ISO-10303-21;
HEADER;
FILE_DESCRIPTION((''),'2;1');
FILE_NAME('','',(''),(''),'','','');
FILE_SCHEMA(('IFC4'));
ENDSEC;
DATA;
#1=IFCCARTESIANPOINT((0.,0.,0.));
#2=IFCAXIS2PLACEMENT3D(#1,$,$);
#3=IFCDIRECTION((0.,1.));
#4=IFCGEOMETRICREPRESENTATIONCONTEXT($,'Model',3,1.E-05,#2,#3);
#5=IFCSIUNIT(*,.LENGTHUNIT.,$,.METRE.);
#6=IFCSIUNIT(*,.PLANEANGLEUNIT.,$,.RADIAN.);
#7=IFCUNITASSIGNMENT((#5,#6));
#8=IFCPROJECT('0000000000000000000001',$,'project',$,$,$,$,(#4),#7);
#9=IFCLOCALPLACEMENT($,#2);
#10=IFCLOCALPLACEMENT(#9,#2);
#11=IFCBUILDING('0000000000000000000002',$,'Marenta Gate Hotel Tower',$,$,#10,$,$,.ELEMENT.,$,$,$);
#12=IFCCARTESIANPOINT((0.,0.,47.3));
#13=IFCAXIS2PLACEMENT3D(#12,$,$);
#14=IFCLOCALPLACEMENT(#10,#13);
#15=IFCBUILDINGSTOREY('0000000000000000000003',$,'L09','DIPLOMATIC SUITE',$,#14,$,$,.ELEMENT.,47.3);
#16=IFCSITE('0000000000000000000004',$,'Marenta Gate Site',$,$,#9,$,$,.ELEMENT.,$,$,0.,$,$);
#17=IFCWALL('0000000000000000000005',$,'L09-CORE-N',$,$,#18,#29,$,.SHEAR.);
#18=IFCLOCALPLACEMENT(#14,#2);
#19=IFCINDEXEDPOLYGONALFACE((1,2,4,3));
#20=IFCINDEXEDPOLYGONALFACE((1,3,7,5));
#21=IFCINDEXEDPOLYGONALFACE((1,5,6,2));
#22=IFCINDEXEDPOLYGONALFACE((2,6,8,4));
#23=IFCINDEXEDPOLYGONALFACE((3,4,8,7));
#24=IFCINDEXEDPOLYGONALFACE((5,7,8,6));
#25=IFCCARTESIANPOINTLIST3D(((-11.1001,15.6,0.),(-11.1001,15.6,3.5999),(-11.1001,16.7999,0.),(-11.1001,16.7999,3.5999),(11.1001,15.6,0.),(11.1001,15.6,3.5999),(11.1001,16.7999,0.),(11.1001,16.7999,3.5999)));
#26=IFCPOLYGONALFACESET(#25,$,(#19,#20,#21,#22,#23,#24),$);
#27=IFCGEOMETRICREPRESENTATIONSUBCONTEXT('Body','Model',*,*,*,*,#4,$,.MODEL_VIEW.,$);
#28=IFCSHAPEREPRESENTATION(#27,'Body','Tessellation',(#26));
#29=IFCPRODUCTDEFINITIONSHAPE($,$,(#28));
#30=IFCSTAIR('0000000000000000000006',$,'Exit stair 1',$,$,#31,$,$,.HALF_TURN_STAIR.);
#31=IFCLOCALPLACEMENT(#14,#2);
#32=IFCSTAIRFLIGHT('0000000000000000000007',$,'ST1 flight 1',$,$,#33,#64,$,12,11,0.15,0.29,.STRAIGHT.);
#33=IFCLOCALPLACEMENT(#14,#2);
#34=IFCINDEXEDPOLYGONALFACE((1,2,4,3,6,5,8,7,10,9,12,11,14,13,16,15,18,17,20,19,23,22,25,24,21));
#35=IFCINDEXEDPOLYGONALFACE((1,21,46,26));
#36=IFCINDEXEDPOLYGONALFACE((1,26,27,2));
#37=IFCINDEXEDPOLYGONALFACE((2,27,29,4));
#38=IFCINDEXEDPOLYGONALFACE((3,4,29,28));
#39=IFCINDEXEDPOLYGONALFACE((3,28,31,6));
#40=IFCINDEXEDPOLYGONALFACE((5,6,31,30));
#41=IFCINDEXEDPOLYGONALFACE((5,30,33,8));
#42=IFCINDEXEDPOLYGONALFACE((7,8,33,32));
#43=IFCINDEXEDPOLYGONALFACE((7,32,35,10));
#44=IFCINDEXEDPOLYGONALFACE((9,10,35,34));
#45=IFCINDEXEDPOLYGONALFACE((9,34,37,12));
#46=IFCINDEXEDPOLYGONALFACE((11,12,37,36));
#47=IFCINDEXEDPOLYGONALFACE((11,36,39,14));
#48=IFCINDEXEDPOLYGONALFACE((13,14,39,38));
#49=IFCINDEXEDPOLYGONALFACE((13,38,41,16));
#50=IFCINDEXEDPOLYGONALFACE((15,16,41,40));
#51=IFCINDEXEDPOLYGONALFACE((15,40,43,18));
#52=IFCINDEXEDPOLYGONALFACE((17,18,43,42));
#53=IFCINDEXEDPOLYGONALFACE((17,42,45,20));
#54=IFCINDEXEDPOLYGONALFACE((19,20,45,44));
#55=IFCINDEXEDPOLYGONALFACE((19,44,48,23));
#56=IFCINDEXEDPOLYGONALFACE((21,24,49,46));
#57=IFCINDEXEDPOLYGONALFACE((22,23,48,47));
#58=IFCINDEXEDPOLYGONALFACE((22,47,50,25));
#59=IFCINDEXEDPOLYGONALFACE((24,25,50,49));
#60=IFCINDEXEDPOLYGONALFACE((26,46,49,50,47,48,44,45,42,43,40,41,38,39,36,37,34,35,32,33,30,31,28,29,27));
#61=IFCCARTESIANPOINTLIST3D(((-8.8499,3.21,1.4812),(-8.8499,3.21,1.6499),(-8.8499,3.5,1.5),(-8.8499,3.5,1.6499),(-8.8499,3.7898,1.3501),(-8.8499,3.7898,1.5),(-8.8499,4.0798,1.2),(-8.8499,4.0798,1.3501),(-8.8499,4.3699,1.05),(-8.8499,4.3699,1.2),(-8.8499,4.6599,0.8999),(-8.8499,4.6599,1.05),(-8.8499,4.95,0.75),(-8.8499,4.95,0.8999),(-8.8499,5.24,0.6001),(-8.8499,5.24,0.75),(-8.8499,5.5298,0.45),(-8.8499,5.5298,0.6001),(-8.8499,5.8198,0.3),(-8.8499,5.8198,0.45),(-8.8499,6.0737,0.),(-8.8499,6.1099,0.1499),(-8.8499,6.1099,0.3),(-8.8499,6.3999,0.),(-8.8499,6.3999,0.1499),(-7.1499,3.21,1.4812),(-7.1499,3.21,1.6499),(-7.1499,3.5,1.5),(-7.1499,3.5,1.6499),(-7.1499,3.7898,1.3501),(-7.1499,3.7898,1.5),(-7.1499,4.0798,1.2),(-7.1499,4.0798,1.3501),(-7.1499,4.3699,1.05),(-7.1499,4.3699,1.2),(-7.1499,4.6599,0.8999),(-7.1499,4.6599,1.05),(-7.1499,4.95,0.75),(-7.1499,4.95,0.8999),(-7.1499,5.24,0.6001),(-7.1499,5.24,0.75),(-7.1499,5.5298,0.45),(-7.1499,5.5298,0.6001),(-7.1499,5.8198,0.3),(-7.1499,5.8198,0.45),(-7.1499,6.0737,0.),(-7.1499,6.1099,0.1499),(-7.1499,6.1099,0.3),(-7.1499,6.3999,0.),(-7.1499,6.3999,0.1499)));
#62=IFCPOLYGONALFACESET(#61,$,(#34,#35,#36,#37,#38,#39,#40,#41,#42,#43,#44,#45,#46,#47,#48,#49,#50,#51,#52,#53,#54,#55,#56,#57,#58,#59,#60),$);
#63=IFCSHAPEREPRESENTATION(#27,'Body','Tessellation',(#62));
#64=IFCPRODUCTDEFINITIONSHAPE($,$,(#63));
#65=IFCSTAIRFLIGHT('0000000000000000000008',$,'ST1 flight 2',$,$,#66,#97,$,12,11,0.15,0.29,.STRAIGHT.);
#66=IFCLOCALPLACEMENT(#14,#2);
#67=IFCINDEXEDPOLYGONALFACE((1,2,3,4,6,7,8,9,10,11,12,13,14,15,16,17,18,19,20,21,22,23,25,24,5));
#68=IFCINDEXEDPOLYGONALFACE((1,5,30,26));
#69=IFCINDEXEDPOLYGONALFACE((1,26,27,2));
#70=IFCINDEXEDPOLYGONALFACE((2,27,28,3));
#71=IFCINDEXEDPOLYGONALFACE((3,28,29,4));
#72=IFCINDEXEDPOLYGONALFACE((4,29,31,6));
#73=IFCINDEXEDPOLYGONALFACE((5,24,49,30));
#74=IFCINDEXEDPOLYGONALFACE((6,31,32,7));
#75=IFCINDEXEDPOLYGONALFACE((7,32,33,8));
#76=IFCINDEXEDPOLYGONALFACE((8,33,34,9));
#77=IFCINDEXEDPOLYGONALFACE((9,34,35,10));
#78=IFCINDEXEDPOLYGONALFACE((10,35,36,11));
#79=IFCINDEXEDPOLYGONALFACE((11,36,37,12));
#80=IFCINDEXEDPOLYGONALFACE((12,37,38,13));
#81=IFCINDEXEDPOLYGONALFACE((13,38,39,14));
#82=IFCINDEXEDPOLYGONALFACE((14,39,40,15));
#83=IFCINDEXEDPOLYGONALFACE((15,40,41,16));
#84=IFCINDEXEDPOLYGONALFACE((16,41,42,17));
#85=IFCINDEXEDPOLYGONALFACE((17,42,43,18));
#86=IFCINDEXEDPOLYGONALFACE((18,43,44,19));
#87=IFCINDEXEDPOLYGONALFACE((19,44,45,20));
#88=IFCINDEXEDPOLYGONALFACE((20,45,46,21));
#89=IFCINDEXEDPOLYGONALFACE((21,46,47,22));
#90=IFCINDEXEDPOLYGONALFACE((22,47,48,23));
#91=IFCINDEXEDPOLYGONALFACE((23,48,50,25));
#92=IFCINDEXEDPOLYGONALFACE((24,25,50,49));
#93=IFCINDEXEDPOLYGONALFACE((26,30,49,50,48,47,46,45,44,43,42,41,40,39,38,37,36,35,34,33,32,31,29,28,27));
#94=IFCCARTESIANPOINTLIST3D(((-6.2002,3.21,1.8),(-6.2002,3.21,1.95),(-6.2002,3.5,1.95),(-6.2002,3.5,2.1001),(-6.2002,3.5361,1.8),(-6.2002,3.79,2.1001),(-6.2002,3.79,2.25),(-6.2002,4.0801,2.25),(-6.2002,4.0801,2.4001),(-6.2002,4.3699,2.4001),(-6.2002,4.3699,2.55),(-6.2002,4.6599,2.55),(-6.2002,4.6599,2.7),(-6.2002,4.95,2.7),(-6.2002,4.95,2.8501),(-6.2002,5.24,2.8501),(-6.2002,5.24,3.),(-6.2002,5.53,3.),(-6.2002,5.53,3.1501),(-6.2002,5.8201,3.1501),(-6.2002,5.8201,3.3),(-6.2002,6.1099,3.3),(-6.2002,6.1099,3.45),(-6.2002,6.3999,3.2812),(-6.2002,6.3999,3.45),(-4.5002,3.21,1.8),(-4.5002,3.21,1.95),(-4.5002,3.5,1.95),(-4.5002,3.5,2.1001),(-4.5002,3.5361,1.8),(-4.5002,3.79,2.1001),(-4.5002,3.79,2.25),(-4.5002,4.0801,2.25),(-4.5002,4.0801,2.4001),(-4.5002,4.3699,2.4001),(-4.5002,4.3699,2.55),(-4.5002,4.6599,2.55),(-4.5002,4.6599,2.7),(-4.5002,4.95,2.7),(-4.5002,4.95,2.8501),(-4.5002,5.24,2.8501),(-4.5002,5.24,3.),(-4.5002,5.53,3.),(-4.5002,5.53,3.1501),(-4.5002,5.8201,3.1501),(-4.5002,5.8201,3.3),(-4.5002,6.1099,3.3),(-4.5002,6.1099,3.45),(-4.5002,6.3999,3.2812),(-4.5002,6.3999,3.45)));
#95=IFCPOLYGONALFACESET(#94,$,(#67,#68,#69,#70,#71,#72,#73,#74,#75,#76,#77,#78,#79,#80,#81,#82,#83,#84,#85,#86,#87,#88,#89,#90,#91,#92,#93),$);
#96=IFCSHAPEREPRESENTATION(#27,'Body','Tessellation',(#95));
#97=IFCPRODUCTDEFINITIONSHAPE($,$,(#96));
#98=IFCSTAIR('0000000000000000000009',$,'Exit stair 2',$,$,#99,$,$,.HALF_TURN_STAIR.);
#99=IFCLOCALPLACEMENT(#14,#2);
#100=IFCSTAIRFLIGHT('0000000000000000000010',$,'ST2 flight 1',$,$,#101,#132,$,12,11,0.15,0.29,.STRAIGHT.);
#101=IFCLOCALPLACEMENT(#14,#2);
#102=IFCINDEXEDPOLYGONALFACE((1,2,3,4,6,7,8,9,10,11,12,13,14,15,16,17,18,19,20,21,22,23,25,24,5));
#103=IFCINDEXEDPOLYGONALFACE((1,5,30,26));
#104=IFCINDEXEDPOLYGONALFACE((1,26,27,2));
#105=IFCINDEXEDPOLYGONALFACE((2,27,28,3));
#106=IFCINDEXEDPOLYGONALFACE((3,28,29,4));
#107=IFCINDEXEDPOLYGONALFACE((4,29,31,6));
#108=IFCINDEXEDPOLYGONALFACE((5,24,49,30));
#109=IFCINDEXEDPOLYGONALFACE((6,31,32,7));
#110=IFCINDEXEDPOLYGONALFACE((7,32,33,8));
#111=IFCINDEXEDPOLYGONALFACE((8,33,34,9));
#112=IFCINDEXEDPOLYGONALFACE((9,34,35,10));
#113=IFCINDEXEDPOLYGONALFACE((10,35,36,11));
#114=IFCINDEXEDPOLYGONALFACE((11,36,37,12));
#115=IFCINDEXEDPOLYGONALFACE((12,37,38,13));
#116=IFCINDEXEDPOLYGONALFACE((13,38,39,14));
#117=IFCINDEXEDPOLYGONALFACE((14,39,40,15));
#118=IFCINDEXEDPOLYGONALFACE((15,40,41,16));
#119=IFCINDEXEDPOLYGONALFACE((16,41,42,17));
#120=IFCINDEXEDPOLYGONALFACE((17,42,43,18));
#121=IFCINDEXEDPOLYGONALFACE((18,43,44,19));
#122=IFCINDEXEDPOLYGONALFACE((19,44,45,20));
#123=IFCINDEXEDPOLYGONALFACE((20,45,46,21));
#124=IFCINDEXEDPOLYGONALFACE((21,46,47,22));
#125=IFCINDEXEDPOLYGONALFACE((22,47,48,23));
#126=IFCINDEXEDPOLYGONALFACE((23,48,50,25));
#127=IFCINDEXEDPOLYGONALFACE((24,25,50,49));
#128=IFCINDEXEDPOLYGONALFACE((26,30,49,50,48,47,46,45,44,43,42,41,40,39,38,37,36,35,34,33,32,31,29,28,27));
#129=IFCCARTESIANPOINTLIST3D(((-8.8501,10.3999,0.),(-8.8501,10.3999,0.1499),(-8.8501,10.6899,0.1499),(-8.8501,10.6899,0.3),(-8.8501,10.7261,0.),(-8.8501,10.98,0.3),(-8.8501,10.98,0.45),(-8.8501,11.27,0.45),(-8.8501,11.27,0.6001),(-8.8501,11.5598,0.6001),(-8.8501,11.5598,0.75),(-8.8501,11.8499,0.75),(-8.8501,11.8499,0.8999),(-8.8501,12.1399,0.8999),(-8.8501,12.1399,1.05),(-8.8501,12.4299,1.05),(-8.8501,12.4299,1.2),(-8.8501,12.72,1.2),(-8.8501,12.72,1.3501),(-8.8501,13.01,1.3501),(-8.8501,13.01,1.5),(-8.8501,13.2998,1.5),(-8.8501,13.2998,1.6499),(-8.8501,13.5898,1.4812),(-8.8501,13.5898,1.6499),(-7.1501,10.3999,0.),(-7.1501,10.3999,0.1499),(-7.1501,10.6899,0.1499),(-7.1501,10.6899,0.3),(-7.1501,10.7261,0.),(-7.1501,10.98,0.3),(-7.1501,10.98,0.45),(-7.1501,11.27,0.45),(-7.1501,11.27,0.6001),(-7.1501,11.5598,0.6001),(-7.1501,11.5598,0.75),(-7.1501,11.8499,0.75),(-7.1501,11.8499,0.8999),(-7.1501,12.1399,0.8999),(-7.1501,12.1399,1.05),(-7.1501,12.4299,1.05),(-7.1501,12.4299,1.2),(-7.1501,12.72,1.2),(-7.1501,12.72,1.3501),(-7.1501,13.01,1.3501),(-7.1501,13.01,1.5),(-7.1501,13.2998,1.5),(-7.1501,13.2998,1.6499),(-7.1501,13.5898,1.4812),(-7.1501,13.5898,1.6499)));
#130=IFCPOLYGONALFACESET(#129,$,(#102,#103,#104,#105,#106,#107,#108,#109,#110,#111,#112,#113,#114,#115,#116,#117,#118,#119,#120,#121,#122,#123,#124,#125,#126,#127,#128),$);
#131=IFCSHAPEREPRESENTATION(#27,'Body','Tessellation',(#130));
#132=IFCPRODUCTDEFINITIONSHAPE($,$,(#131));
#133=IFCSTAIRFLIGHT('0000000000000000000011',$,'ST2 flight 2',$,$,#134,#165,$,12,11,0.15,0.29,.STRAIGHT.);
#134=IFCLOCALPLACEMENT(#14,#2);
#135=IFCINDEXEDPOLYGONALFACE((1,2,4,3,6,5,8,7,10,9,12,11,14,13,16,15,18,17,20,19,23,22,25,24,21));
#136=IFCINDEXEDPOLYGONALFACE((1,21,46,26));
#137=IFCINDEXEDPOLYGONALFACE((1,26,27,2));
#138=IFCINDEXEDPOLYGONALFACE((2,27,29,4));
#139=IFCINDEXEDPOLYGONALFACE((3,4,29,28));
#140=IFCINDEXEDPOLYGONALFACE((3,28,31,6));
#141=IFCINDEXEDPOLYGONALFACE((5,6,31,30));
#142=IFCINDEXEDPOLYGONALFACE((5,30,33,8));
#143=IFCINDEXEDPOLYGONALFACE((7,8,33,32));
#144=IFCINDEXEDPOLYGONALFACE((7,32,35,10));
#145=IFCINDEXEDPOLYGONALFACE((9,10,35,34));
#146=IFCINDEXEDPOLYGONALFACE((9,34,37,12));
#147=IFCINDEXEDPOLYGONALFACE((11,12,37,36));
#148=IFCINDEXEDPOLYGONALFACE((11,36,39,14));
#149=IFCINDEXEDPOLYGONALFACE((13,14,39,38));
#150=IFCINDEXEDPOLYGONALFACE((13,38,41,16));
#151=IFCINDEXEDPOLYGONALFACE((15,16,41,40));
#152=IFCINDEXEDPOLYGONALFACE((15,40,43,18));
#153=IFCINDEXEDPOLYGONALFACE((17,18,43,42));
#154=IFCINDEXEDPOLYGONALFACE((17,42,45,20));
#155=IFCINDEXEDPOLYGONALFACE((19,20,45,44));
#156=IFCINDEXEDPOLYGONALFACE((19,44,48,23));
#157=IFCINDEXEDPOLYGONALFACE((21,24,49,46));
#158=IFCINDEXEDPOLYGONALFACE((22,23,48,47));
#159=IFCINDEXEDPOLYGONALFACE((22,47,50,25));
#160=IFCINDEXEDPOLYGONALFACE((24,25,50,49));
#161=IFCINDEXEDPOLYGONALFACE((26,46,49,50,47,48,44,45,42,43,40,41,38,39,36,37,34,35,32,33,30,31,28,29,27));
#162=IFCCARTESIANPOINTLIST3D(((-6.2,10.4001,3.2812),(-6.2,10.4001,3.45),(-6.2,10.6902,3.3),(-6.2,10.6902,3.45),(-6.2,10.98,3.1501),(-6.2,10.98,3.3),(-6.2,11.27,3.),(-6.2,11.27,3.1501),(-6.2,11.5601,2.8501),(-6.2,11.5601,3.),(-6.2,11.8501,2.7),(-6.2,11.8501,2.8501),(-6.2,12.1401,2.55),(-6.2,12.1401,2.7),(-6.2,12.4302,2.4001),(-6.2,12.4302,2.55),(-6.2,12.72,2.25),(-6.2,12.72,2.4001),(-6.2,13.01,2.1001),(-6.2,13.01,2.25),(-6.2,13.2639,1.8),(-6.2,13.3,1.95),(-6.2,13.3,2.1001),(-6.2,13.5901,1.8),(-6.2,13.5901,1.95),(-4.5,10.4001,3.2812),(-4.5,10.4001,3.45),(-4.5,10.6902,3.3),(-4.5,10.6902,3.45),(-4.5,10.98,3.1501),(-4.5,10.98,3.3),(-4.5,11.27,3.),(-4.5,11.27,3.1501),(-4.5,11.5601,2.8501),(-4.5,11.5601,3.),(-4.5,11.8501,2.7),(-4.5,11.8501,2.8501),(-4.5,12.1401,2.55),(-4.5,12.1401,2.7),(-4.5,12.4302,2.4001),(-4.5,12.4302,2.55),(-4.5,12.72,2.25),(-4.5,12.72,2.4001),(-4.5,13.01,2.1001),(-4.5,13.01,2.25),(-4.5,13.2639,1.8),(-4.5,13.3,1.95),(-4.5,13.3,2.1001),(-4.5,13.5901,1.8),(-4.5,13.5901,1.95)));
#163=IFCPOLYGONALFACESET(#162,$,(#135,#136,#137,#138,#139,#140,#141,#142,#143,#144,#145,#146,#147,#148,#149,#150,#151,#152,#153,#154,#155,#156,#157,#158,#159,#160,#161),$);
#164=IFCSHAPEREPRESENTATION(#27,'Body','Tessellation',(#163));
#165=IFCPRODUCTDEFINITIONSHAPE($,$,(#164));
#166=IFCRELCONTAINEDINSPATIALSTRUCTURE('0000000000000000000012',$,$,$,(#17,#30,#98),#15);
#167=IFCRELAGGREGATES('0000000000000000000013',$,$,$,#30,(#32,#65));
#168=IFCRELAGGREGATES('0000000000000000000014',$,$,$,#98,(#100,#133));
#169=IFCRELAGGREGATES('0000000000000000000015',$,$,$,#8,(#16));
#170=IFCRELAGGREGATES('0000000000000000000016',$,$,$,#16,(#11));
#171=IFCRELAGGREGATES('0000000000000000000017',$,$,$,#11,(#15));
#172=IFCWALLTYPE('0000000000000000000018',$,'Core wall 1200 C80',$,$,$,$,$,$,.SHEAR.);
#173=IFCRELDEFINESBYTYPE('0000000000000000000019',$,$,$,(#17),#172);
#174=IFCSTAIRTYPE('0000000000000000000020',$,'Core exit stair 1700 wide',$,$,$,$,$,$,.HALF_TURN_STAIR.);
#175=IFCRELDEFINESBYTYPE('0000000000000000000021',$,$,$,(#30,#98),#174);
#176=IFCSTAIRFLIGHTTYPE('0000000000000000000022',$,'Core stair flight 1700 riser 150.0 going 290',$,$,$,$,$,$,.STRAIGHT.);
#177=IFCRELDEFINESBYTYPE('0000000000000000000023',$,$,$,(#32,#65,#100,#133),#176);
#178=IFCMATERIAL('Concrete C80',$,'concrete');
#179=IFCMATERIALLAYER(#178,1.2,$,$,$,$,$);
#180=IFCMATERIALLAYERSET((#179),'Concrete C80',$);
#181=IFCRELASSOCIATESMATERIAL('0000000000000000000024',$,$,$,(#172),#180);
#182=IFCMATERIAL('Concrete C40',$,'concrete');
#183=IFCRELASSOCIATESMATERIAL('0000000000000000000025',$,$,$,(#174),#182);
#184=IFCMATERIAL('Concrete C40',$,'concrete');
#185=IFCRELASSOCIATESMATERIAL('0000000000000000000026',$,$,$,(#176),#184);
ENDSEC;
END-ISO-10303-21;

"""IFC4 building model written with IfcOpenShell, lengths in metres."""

from ifc_helpers import new_model, si_unit, direction, frame, frame_2d, origin, place, context, subcontext, project, spatial, polyline, rectangle, outline, extrude, material, layer, layer_set, type_object, element, aggregate, save


model = new_model("IFC4")

# Units and contexts
model_context = context("Model", 3, precision=1e-05, world=origin(), true_north=direction((0.0, 1.0)))
body_context = subcontext(model_context, "Body", "Model", "MODEL_VIEW")
ifc_project = project(units=[si_unit("LENGTHUNIT", "METRE"), si_unit("PLANEANGLEUNIT", "RADIAN")], contexts=[model_context])

# Site, building, storey
site_placement = place(None, origin())
site = spatial("IfcSite", under=ifc_project, at=site_placement, Name="Marenta Gate Site", CompositionType="ELEMENT", RefElevation=0.0)
building_placement = place(site_placement, origin())
building = spatial("IfcBuilding", under=site, at=building_placement, Name="Marenta Gate Hotel Tower", CompositionType="ELEMENT")
storey_placement = place(building_placement, frame((0.0, 0.0, 47.3)))
storey = spatial("IfcBuildingStorey", under=building, at=storey_placement, Name="L09", Description="DIPLOMATIC SUITE", CompositionType="ELEMENT", Elevation=47.3)

# Wall
ifc_material_1 = material(Name="Concrete C80", Category="concrete")
ifc_layer_1 = layer(ifc_material_1, 1.2)
ifc_layer_set_1 = layer_set([ifc_layer_1], Name="Concrete C80")
wall_type_1 = type_object("IfcWallType", Name="Core wall 1200 C80", PredefinedType="SHEAR", material=ifc_layer_set_1)
wall_1_placement = place(storey_placement, frame((-11.1001, 16.2, 0.0), z_axis=(0.0, 0.0, 1.0), x_axis=(1.0, 0.0, 0.0)))
element("IfcWall", 1, at=wall_1_placement, inside=storey, type_object=wall_type_1, Name="L09-CORE-N", PredefinedType="SHEAR", context=body_context, shape_type="SweptSolid", body=[
    extrude(rectangle(XDim=22.2002, YDim=1.2, at=frame_2d((11.1001, 0.0))), origin(), (0.0, 0.0, 1.0), 3.5999),
])

# Stairs, stair flights
ifc_material_2 = material(Name="Concrete C40", Category="concrete")
stair_type = type_object("IfcStairType", Name="Core exit stair 1700 wide", PredefinedType="HALF_TURN_STAIR", material=ifc_material_2)
stair_1_placement = place(storey_placement, origin())
stair_1 = element("IfcStair", 2, at=stair_1_placement, inside=storey, type_object=stair_type, Name="Exit stair 1", PredefinedType="HALF_TURN_STAIR")
ifc_material_3 = material(Name="Concrete C40", Category="concrete")
stair_flight_type = type_object("IfcStairFlightType", Name="Core stair flight 1700 riser 150.0 going 290", PredefinedType="STRAIGHT", material=ifc_material_3)
stair_flight_1_placement = place(storey_placement, frame((-8.0, 6.3999, 0.0), z_axis=(0.0, 0.0, 1.0), x_axis=(0.0, -1.0, 0.0)))
stair_flight_1 = element("IfcStairFlight", 3, at=stair_flight_1_placement, type_object=stair_flight_type, Name="ST1 flight 1", NumberOfRisers=12, NumberOfTreads=11, PredefinedType="STRAIGHT", RiserHeight=0.15, TreadLength=0.29, context=body_context, shape_type="SweptSolid", body=[
    extrude(outline(polyline([(0.0, 0.0), (0.0, 0.1499), (0.29, 0.1499), (0.29, 0.3), (0.5801, 0.3), (0.5801, 0.45), (0.8701, 0.45), (0.8701, 0.6001), (1.1599, 0.6001), (1.1599, 0.75), (1.45, 0.75), (1.45, 0.8999), (1.74, 0.8999), (1.74, 1.05), (2.03, 1.05), (2.03, 1.2), (2.3201, 1.2), (2.3201, 1.3501), (2.6101, 1.3501), (2.6101, 1.5), (2.8999, 1.5), (2.8999, 1.6499), (3.1899, 1.6499), (3.1899, 1.8), (3.1899, 1.4812), (0.3262, 0.0), (0.0, 0.0)])), frame((0.0, 0.8501, 0.0), z_axis=(0.0, -1.0, 0.0), x_axis=(1.0, 0.0, 0.0)), (0.0, 0.0, 1.0), 1.7),
])
stair_flight_2_placement = place(storey_placement, frame((-5.3501, 3.21, 1.8), z_axis=(0.0, 0.0, 1.0), x_axis=(0.0, 1.0, 0.0)))
stair_flight_2 = element("IfcStairFlight", 4, at=stair_flight_2_placement, type_object=stair_flight_type, Name="ST1 flight 2", NumberOfRisers=12, NumberOfTreads=11, PredefinedType="STRAIGHT", RiserHeight=0.15, TreadLength=0.29, context=body_context, shape_type="SweptSolid", body=[
    extrude(outline(polyline([(0.0, 0.0), (0.0, 0.1499), (0.29, 0.1499), (0.29, 0.3), (0.5801, 0.3), (0.5801, 0.45), (0.8701, 0.45), (0.8701, 0.6001), (1.1599, 0.6001), (1.1599, 0.75), (1.45, 0.75), (1.45, 0.8999), (1.74, 0.8999), (1.74, 1.05), (2.03, 1.05), (2.03, 1.2), (2.3201, 1.2), (2.3201, 1.3501), (2.6101, 1.3501), (2.6101, 1.5), (2.8999, 1.5), (2.8999, 1.6499), (3.1899, 1.6499), (3.1899, 1.8), (3.1899, 1.4812), (0.3262, 0.0), (0.0, 0.0)])), frame((0.0, 0.8501, 0.0), z_axis=(0.0, -1.0, 0.0), x_axis=(1.0, 0.0, 0.0)), (0.0, 0.0, 1.0), 1.7),
])
aggregate(stair_1, [stair_flight_1, stair_flight_2])
stair_2_placement = place(storey_placement, origin())
stair_2 = element("IfcStair", 5, at=stair_2_placement, inside=storey, type_object=stair_type, Name="Exit stair 2", PredefinedType="HALF_TURN_STAIR")
stair_flight_3_placement = place(storey_placement, frame((-8.0, 10.3999, 0.0), z_axis=(0.0, 0.0, 1.0), x_axis=(0.0, 1.0, 0.0)))
stair_flight_3 = element("IfcStairFlight", 6, at=stair_flight_3_placement, type_object=stair_flight_type, Name="ST2 flight 1", NumberOfRisers=12, NumberOfTreads=11, PredefinedType="STRAIGHT", RiserHeight=0.15, TreadLength=0.29, context=body_context, shape_type="SweptSolid", body=[
    extrude(outline(polyline([(0.0, 0.0), (0.0, 0.1499), (0.29, 0.1499), (0.29, 0.3), (0.5801, 0.3), (0.5801, 0.45), (0.8701, 0.45), (0.8701, 0.6001), (1.1599, 0.6001), (1.1599, 0.75), (1.45, 0.75), (1.45, 0.8999), (1.74, 0.8999), (1.74, 1.05), (2.03, 1.05), (2.03, 1.2), (2.3201, 1.2), (2.3201, 1.3501), (2.6101, 1.3501), (2.6101, 1.5), (2.8999, 1.5), (2.8999, 1.6499), (3.1899, 1.6499), (3.1899, 1.8), (3.1899, 1.4812), (0.3262, 0.0), (0.0, 0.0)])), frame((0.0, 0.8501, 0.0), z_axis=(0.0, -1.0, 0.0), x_axis=(1.0, 0.0, 0.0)), (0.0, 0.0, 1.0), 1.7),
])
stair_flight_4_placement = place(storey_placement, frame((-5.3501, 13.5901, 1.8), z_axis=(0.0, 0.0, 1.0), x_axis=(0.0, -1.0, 0.0)))
stair_flight_4 = element("IfcStairFlight", 7, at=stair_flight_4_placement, type_object=stair_flight_type, Name="ST2 flight 2", NumberOfRisers=12, NumberOfTreads=11, PredefinedType="STRAIGHT", RiserHeight=0.15, TreadLength=0.29, context=body_context, shape_type="SweptSolid", body=[
    extrude(outline(polyline([(0.0, 0.0), (0.0, 0.1499), (0.29, 0.1499), (0.29, 0.3), (0.5801, 0.3), (0.5801, 0.45), (0.8701, 0.45), (0.8701, 0.6001), (1.1599, 0.6001), (1.1599, 0.75), (1.45, 0.75), (1.45, 0.8999), (1.74, 0.8999), (1.74, 1.05), (2.03, 1.05), (2.03, 1.2), (2.3201, 1.2), (2.3201, 1.3501), (2.6101, 1.3501), (2.6101, 1.5), (2.8999, 1.5), (2.8999, 1.6499), (3.1899, 1.6499), (3.1899, 1.8), (3.1899, 1.4812), (0.3262, 0.0), (0.0, 0.0)])), frame((0.0, 0.8501, 0.0), z_axis=(0.0, -1.0, 0.0), x_axis=(1.0, 0.0, 0.0)), (0.0, 0.0, 1.0), 1.7),
])
aggregate(stair_2, [stair_flight_3, stair_flight_4])

save(model, "model.ifc")
